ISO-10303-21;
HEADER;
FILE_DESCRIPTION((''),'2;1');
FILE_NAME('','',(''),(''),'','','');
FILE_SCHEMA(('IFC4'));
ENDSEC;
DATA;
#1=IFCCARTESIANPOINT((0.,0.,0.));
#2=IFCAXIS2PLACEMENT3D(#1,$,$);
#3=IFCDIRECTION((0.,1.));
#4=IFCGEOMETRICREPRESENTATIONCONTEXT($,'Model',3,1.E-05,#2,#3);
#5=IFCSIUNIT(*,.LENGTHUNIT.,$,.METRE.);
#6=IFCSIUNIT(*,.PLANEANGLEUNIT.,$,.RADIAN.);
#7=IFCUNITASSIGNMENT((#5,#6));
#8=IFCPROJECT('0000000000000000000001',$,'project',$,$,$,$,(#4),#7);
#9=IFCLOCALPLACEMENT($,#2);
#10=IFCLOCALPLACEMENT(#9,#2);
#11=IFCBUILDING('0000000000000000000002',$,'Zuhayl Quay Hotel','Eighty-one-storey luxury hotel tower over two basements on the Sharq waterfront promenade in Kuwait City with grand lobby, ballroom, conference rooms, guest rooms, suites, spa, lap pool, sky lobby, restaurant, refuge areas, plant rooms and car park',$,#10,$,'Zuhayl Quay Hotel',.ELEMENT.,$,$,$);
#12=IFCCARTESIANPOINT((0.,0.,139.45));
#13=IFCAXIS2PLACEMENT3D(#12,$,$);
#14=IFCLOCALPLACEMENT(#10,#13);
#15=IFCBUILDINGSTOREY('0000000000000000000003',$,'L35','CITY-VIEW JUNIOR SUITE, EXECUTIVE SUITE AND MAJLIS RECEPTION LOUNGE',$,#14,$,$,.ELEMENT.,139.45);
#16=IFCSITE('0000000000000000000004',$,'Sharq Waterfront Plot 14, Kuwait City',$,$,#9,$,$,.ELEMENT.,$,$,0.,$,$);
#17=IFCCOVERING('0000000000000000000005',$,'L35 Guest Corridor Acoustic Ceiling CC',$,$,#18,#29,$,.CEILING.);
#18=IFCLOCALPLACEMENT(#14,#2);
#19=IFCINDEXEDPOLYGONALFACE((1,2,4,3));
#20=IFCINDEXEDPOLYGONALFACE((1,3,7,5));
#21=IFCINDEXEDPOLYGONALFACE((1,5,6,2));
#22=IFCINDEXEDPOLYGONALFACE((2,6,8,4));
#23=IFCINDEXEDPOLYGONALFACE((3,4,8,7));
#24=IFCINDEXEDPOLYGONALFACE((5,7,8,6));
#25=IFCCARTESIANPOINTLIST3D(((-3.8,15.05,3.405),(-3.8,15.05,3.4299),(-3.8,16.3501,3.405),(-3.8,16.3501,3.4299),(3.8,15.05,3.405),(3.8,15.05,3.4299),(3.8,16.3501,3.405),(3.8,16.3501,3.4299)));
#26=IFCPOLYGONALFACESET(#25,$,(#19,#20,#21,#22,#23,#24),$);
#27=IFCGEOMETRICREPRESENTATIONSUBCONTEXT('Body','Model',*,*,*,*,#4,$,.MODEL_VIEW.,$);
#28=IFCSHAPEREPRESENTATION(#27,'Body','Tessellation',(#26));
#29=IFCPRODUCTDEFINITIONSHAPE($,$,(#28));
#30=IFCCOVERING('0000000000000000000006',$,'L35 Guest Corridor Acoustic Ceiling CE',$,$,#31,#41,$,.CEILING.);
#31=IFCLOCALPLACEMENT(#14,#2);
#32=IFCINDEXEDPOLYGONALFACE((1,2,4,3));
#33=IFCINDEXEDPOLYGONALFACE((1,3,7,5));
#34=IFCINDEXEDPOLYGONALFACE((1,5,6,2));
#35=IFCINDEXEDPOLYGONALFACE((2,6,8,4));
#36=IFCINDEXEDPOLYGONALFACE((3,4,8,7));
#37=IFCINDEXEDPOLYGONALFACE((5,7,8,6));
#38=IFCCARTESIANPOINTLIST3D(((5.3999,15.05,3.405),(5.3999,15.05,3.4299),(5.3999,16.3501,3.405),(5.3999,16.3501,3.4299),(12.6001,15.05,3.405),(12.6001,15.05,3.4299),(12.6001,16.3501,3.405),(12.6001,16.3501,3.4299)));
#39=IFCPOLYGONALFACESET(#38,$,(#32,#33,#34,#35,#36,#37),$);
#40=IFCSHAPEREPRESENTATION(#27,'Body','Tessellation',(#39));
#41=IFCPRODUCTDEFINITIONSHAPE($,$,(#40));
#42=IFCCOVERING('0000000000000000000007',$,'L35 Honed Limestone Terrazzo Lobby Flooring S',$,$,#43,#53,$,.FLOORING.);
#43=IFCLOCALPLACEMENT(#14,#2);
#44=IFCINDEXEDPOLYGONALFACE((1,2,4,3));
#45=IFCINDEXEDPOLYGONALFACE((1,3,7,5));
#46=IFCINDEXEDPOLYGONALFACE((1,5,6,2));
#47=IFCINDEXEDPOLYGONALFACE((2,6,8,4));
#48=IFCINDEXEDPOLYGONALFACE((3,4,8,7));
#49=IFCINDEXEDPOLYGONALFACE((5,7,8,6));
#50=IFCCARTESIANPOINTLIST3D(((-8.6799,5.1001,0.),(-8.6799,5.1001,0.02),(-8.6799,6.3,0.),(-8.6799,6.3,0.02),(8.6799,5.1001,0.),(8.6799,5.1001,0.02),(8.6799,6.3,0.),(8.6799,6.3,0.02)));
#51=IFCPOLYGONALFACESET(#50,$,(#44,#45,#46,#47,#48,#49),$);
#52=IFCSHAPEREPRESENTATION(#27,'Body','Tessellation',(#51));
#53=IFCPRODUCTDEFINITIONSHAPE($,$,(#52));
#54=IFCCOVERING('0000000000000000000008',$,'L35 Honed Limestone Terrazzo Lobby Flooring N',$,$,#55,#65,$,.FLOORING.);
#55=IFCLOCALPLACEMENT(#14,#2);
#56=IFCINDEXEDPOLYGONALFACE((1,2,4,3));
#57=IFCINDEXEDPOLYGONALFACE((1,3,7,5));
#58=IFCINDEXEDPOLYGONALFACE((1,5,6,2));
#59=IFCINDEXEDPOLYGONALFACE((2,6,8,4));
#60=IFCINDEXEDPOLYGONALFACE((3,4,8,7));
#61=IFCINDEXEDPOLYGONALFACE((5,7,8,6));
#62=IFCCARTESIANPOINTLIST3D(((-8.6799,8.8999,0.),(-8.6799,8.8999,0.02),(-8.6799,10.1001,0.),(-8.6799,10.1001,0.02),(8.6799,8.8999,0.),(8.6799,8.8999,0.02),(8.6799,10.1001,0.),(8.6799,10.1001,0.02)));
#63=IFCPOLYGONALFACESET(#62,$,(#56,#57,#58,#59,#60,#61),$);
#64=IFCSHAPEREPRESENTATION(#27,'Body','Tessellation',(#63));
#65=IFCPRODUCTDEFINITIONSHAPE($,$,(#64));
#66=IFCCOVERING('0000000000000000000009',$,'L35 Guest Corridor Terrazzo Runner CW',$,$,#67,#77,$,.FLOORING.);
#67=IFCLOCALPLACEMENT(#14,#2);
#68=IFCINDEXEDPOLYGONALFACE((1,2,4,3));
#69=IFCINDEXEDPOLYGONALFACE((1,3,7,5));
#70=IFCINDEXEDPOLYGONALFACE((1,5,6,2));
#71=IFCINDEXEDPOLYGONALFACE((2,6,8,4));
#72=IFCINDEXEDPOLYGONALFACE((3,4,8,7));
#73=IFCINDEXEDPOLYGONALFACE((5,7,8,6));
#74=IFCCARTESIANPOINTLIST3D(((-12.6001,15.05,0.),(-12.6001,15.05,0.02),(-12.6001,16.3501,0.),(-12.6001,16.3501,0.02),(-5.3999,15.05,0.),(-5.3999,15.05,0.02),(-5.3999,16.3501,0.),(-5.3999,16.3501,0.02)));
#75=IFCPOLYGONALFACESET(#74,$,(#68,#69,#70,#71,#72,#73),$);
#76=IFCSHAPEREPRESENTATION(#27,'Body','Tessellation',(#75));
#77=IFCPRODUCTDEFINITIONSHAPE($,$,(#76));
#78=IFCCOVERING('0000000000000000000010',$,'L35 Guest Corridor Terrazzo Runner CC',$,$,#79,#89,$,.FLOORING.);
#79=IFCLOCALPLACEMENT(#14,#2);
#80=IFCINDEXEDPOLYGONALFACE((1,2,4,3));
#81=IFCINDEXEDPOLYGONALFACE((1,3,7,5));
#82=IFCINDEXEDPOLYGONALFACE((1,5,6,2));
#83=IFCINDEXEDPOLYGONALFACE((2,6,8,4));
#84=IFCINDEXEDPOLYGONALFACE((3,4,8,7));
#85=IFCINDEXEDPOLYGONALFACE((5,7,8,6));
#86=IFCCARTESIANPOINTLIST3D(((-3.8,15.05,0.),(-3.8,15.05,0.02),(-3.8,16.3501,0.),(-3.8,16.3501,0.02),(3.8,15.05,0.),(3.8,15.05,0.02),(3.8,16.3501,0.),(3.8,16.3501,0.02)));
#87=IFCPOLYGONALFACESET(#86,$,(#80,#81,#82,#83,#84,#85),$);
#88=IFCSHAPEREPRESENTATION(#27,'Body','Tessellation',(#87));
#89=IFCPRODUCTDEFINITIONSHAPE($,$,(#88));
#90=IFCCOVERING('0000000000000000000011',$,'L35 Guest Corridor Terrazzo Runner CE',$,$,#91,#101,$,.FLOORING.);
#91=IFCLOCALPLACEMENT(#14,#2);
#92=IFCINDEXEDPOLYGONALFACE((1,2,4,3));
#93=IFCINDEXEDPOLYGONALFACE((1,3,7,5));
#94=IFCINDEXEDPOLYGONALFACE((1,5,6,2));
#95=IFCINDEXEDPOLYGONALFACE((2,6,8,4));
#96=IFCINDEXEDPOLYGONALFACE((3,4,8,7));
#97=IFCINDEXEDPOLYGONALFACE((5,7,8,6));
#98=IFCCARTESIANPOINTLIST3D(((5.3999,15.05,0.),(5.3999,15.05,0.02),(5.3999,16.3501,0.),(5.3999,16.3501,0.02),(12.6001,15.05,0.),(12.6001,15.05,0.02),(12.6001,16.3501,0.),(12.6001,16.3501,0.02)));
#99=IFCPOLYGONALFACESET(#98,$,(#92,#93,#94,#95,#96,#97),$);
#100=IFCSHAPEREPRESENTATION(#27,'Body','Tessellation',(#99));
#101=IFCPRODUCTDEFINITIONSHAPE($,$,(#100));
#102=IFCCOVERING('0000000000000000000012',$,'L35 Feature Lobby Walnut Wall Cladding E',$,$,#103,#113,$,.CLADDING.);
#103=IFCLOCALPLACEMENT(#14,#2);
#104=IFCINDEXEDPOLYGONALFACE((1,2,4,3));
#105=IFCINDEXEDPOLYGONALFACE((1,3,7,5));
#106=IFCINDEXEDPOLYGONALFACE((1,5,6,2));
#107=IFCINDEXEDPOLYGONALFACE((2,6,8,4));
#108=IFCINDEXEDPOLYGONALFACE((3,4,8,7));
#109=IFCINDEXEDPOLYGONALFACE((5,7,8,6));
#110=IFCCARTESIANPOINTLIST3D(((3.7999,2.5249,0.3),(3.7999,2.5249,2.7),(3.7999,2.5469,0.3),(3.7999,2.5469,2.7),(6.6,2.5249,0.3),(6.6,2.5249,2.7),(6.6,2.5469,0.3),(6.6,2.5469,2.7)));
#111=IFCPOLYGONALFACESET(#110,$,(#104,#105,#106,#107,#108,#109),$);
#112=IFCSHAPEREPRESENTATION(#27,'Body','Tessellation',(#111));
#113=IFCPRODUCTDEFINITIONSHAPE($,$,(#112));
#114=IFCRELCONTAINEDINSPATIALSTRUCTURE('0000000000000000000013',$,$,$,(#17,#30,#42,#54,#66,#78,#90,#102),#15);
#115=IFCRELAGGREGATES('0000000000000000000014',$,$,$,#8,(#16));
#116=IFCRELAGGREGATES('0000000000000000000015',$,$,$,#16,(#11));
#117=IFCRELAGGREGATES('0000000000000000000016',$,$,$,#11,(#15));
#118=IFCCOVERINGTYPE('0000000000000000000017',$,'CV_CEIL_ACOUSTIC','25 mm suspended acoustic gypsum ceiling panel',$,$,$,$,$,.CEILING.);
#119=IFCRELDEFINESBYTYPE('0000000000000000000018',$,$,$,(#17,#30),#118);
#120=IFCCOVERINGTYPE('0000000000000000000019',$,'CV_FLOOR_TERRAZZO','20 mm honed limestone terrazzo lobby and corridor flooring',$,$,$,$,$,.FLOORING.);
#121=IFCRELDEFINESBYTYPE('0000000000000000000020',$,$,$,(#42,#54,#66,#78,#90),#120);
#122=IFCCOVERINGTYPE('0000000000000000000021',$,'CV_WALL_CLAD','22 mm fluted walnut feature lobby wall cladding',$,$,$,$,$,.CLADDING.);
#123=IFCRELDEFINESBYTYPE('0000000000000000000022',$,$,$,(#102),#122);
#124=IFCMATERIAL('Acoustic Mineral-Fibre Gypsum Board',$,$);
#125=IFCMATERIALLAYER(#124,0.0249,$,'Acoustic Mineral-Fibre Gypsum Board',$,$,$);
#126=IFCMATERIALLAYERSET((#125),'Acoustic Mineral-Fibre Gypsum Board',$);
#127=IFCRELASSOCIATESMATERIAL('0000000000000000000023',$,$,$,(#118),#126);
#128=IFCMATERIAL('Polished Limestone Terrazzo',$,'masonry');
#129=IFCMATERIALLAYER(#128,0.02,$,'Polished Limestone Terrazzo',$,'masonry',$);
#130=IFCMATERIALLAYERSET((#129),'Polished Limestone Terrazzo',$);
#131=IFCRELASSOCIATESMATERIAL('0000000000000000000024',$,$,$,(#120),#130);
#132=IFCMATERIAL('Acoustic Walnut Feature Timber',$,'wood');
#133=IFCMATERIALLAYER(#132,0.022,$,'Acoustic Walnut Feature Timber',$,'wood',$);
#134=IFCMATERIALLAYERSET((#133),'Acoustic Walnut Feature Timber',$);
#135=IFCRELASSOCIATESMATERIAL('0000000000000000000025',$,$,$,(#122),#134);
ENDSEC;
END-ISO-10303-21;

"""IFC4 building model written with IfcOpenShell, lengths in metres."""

from ifc_helpers import new_model, si_unit, direction, frame, origin, origin_2d, place, context, subcontext, project, spatial, polyline, rectangle, outline, extrude, material, layer, layer_set, type_object, element, save


model = new_model("IFC4")

# Units and contexts
model_context = context("Model", 3, precision=1e-05, world=origin(), true_north=direction((0.0, 1.0)))
body_context = subcontext(model_context, "Body", "Model", "MODEL_VIEW")
ifc_project = project(units=[si_unit("LENGTHUNIT", "METRE"), si_unit("PLANEANGLEUNIT", "RADIAN")], contexts=[model_context])

# Site, building, storey
site_placement = place(None, origin())
site = spatial("IfcSite", under=ifc_project, at=site_placement, Name="Sharq Waterfront Plot 14, Kuwait City", CompositionType="ELEMENT", RefElevation=0.0)
building_placement = place(site_placement, origin())
building = spatial("IfcBuilding", under=site, at=building_placement, Name="Zuhayl Quay Hotel", Description="Eighty-one-storey luxury hotel tower over two basements on the Sharq waterfront promenade in Kuwait City with grand lobby, ballroom, conference rooms, guest rooms, suites, spa, lap pool, sky lobby, restaurant, refuge areas, plant rooms and car park", LongName="Zuhayl Quay Hotel", CompositionType="ELEMENT")
storey_placement = place(building_placement, frame((0.0, 0.0, 139.45)))
storey = spatial("IfcBuildingStorey", under=building, at=storey_placement, Name="L35", Description="CITY-VIEW JUNIOR SUITE, EXECUTIVE SUITE AND MAJLIS RECEPTION LOUNGE", CompositionType="ELEMENT", Elevation=139.45)

# Coverings
ifc_material_1 = material(Name="Acoustic Mineral-Fibre Gypsum Board")
ifc_layer_1 = layer(ifc_material_1, 0.0249, Name="Acoustic Mineral-Fibre Gypsum Board")
ifc_layer_set_1 = layer_set([ifc_layer_1], Name="Acoustic Mineral-Fibre Gypsum Board")
covering_type_1 = type_object("IfcCoveringType", Name="CV_CEIL_ACOUSTIC", Description="25 mm suspended acoustic gypsum ceiling panel", PredefinedType="CEILING", material=ifc_layer_set_1)
covering_1_placement = place(storey_placement, frame((0.0, 0.0, 3.405)))
element("IfcCovering", 1, at=covering_1_placement, inside=storey, type_object=covering_type_1, Name="L35 Guest Corridor Acoustic Ceiling CC", PredefinedType="CEILING", context=body_context, shape_type="SweptSolid", body=[
    extrude(outline(polyline([(-3.8, 15.05), (3.8, 15.05), (3.8, 16.3501), (-3.8, 16.3501), (-3.8, 15.05)])), origin(), (0.0, 0.0, 1.0), 0.0249),
])
covering_2_placement = place(storey_placement, frame((0.0, 0.0, 3.405)))
element("IfcCovering", 2, at=covering_2_placement, inside=storey, type_object=covering_type_1, Name="L35 Guest Corridor Acoustic Ceiling CE", PredefinedType="CEILING", context=body_context, shape_type="SweptSolid", body=[
    extrude(outline(polyline([(5.3999, 15.05), (12.6001, 15.05), (12.6001, 16.3501), (5.3999, 16.3501), (5.3999, 15.05)])), origin(), (0.0, 0.0, 1.0), 0.0249),
])
ifc_material_2 = material(Name="Polished Limestone Terrazzo", Category="masonry")
ifc_layer_2 = layer(ifc_material_2, 0.02, Name="Polished Limestone Terrazzo", Category="masonry")
ifc_layer_set_2 = layer_set([ifc_layer_2], Name="Polished Limestone Terrazzo")
covering_type_2 = type_object("IfcCoveringType", Name="CV_FLOOR_TERRAZZO", Description="20 mm honed limestone terrazzo lobby and corridor flooring", PredefinedType="FLOORING", material=ifc_layer_set_2)
covering_3_placement = place(storey_placement, origin())
element("IfcCovering", 3, at=covering_3_placement, inside=storey, type_object=covering_type_2, Name="L35 Honed Limestone Terrazzo Lobby Flooring S", PredefinedType="FLOORING", context=body_context, shape_type="SweptSolid", body=[
    extrude(outline(polyline([(-8.6799, 5.1001), (8.6799, 5.1001), (8.6799, 6.3), (-8.6799, 6.3), (-8.6799, 5.1001)])), origin(), (0.0, 0.0, 1.0), 0.02),
])
covering_4_placement = place(storey_placement, origin())
element("IfcCovering", 4, at=covering_4_placement, inside=storey, type_object=covering_type_2, Name="L35 Honed Limestone Terrazzo Lobby Flooring N", PredefinedType="FLOORING", context=body_context, shape_type="SweptSolid", body=[
    extrude(outline(polyline([(-8.6799, 8.8999), (8.6799, 8.8999), (8.6799, 10.1001), (-8.6799, 10.1001), (-8.6799, 8.8999)])), origin(), (0.0, 0.0, 1.0), 0.02),
])
covering_5_placement = place(storey_placement, origin())
element("IfcCovering", 5, at=covering_5_placement, inside=storey, type_object=covering_type_2, Name="L35 Guest Corridor Terrazzo Runner CW", PredefinedType="FLOORING", context=body_context, shape_type="SweptSolid", body=[
    extrude(outline(polyline([(-12.6001, 15.05), (-5.3999, 15.05), (-5.3999, 16.3501), (-12.6001, 16.3501), (-12.6001, 15.05)])), origin(), (0.0, 0.0, 1.0), 0.02),
])
covering_6_placement = place(storey_placement, origin())
element("IfcCovering", 6, at=covering_6_placement, inside=storey, type_object=covering_type_2, Name="L35 Guest Corridor Terrazzo Runner CC", PredefinedType="FLOORING", context=body_context, shape_type="SweptSolid", body=[
    extrude(outline(polyline([(-3.8, 15.05), (3.8, 15.05), (3.8, 16.3501), (-3.8, 16.3501), (-3.8, 15.05)])), origin(), (0.0, 0.0, 1.0), 0.02),
])
covering_7_placement = place(storey_placement, origin())
element("IfcCovering", 7, at=covering_7_placement, inside=storey, type_object=covering_type_2, Name="L35 Guest Corridor Terrazzo Runner CE", PredefinedType="FLOORING", context=body_context, shape_type="SweptSolid", body=[
    extrude(outline(polyline([(5.3999, 15.05), (12.6001, 15.05), (12.6001, 16.3501), (5.3999, 16.3501), (5.3999, 15.05)])), origin(), (0.0, 0.0, 1.0), 0.02),
])
ifc_material_3 = material(Name="Acoustic Walnut Feature Timber", Category="wood")
ifc_layer_3 = layer(ifc_material_3, 0.022, Name="Acoustic Walnut Feature Timber", Category="wood")
ifc_layer_set_3 = layer_set([ifc_layer_3], Name="Acoustic Walnut Feature Timber")
covering_type_3 = type_object("IfcCoveringType", Name="CV_WALL_CLAD", Description="22 mm fluted walnut feature lobby wall cladding", PredefinedType="CLADDING", material=ifc_layer_set_3)
covering_8_placement = place(storey_placement, frame((5.2, 2.5359, 0.3), z_axis=(0.0, 0.0, 1.0), x_axis=(1.0, 0.0, 0.0)))
element("IfcCovering", 8, at=covering_8_placement, inside=storey, type_object=covering_type_3, Name="L35 Feature Lobby Walnut Wall Cladding E", PredefinedType="CLADDING", context=body_context, shape_type="SweptSolid", body=[
    extrude(rectangle(XDim=2.8, YDim=0.022, at=origin_2d()), origin(), (0.0, 0.0, 1.0), 2.3999),
])

save(model, "model.ifc")
